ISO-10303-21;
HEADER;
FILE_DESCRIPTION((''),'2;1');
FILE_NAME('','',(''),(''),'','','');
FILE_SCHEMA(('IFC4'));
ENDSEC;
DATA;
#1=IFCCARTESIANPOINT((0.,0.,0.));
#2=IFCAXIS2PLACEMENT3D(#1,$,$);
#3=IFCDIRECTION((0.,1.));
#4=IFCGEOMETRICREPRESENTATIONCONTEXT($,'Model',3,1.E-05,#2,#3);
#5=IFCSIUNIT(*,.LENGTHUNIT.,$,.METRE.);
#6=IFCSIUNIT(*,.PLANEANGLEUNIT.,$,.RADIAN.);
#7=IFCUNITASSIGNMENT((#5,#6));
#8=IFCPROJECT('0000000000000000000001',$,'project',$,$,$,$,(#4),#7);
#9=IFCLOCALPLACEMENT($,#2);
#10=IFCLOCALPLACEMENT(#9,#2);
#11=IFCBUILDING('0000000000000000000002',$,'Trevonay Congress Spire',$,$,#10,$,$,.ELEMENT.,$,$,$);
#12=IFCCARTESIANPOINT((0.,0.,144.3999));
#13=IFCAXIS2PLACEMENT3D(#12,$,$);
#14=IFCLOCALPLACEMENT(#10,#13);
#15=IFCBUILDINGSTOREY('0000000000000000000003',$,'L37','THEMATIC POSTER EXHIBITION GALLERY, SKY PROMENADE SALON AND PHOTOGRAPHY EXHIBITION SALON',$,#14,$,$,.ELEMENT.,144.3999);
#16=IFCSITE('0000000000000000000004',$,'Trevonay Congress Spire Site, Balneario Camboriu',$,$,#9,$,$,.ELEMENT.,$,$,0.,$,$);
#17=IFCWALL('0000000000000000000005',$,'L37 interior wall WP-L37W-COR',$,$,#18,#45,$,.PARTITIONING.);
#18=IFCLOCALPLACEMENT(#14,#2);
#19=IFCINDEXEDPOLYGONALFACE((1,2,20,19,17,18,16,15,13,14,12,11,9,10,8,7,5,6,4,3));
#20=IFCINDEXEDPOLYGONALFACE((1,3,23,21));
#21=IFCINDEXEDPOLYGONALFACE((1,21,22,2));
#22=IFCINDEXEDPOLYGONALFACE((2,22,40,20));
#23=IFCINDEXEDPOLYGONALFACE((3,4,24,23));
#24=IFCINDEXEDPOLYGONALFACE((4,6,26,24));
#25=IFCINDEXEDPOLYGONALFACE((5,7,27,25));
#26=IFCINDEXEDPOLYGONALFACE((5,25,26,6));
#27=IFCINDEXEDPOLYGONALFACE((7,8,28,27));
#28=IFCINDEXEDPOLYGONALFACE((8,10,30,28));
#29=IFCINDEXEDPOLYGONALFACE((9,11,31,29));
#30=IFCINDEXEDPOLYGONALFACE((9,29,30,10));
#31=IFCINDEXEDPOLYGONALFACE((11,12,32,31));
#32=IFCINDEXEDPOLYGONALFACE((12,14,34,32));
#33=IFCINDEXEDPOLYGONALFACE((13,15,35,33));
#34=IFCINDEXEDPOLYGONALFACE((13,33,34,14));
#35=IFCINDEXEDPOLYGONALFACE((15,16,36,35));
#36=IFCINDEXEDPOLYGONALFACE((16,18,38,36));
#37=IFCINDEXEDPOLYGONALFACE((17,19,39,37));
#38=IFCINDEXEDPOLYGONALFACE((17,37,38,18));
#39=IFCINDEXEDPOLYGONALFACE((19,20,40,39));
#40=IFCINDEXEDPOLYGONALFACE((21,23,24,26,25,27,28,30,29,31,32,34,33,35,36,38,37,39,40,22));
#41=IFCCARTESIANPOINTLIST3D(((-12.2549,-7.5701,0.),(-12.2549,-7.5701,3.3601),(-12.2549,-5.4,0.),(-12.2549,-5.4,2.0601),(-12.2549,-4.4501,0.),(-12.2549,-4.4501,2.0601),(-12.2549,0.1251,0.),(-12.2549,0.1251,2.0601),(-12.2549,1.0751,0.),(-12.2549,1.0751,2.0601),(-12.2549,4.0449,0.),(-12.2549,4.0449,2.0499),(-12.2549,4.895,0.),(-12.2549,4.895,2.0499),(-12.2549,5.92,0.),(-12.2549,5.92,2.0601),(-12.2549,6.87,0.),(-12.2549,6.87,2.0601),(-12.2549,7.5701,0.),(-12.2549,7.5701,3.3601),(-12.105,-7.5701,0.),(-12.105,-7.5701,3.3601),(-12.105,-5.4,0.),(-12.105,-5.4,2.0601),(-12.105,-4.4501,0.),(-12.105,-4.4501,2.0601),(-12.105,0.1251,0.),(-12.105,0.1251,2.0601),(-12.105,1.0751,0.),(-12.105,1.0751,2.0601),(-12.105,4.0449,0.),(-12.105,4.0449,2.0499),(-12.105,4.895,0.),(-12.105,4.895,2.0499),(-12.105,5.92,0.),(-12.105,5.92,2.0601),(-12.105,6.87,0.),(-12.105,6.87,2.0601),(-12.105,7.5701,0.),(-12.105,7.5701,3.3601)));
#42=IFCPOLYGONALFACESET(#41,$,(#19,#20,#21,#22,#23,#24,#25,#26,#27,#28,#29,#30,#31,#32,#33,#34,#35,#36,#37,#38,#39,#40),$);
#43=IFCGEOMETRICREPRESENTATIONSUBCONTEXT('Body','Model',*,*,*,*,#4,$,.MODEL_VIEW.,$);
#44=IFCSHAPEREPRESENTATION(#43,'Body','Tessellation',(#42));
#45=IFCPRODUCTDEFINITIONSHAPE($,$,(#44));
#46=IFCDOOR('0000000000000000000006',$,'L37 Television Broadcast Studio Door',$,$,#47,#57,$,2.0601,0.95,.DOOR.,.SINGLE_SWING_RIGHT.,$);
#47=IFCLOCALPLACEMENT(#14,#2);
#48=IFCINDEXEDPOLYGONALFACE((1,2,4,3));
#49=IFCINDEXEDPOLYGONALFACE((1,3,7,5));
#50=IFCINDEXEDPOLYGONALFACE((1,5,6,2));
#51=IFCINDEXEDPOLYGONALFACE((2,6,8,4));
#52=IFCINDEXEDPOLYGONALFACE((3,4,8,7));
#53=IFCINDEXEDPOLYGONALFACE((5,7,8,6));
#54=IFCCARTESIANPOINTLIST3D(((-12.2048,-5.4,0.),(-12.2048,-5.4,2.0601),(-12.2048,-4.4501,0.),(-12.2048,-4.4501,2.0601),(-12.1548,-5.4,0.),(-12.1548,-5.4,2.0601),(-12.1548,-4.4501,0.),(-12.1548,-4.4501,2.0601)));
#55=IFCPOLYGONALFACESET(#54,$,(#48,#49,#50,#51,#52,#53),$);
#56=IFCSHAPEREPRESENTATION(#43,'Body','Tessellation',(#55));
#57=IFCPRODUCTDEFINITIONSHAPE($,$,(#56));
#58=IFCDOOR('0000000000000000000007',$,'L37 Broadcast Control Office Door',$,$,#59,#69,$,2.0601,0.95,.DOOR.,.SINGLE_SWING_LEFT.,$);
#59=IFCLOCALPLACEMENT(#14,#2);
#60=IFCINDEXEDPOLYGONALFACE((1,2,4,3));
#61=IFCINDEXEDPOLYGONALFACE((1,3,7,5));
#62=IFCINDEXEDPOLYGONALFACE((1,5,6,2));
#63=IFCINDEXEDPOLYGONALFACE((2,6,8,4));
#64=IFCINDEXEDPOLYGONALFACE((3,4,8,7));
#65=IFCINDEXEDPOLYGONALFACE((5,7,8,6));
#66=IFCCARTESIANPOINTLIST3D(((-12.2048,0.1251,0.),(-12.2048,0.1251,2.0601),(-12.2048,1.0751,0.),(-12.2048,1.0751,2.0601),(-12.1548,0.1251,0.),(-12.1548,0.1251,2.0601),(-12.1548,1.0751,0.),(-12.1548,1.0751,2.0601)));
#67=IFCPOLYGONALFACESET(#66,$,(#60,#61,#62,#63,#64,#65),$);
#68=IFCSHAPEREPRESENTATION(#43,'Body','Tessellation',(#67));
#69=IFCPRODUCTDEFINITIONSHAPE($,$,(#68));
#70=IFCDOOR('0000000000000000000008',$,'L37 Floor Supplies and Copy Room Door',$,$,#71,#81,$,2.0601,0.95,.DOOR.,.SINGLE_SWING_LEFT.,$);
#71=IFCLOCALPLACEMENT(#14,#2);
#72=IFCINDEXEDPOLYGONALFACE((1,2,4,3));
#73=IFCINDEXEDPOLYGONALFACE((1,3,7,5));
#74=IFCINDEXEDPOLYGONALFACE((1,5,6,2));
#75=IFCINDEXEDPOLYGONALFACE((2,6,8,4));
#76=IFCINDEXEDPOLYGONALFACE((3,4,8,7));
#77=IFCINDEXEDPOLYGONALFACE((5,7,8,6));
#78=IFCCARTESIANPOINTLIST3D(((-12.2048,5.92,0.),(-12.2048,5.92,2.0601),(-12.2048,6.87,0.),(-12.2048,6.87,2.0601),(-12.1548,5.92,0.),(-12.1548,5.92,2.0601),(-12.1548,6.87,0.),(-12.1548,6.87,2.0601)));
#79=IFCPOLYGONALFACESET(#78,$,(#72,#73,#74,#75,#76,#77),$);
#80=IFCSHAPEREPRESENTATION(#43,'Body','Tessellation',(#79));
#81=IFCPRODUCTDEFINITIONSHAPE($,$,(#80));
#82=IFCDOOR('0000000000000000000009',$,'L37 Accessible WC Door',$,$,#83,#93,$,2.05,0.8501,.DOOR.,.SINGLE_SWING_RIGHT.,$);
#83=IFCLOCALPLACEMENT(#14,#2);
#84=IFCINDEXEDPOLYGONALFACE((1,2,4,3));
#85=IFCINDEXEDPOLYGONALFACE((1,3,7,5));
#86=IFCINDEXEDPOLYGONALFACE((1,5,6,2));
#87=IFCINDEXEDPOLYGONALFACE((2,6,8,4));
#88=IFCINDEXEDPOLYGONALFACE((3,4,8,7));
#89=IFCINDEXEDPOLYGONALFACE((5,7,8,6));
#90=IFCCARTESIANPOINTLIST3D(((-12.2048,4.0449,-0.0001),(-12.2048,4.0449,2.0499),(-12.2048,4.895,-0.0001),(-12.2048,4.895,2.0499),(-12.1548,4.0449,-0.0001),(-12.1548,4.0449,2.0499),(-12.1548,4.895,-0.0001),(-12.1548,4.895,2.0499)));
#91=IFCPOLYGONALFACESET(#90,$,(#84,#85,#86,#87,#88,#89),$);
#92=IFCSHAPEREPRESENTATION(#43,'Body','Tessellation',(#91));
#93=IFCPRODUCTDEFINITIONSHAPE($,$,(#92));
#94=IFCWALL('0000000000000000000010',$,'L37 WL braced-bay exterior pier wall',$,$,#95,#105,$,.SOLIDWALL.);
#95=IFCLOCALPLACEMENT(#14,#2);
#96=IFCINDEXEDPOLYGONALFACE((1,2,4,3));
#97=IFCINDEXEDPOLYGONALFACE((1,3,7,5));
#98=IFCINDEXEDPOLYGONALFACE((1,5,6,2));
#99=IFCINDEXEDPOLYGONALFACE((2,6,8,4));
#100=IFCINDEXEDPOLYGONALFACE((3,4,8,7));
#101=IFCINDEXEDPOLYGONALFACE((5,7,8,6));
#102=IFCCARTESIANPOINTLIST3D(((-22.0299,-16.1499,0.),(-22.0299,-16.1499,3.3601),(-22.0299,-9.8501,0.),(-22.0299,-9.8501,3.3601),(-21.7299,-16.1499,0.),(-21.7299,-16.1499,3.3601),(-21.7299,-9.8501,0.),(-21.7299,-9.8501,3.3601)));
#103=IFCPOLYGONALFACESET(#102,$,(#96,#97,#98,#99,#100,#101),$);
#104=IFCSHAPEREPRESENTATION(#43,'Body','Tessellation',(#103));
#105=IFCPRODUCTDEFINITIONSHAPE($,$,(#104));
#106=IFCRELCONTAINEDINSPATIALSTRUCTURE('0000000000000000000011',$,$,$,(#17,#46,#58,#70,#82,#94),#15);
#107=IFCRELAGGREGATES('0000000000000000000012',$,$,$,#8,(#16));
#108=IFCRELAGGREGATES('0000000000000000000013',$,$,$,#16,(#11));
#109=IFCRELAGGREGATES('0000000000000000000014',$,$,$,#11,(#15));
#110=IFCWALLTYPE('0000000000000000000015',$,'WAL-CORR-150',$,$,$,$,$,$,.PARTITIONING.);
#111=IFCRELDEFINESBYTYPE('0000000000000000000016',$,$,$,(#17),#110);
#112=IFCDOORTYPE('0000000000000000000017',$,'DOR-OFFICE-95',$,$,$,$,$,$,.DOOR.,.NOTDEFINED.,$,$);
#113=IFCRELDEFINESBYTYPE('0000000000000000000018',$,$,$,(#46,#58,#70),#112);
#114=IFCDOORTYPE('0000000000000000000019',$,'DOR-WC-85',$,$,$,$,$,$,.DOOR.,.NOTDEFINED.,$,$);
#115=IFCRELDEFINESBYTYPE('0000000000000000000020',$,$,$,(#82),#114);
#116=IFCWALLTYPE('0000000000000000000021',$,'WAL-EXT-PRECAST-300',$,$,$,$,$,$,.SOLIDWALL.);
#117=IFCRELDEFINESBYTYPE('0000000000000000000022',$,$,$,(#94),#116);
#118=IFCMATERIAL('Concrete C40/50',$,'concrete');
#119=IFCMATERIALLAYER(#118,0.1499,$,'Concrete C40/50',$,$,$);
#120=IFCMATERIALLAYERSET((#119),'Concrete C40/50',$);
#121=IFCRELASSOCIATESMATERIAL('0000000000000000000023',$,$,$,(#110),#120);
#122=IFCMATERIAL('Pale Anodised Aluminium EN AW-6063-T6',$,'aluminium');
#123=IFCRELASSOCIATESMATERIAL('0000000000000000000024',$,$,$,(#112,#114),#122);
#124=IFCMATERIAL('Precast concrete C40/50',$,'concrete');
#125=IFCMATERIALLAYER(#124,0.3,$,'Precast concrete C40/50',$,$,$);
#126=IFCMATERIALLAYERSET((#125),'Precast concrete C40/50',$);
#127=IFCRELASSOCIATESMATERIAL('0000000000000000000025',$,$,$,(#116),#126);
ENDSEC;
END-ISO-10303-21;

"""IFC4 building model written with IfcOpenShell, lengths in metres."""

from ifc_helpers import new_model, si_unit, direction, frame, frame_2d, origin, place, context, subcontext, project, spatial, rectangle, extrude, material, layer, layer_set, type_object, element, fill, save


model = new_model("IFC4")

# Units and contexts
model_context = context("Model", 3, precision=1e-05, world=origin(), true_north=direction((0.0, 1.0)))
body_context = subcontext(model_context, "Body", "Model", "MODEL_VIEW")
ifc_project = project(units=[si_unit("LENGTHUNIT", "METRE"), si_unit("PLANEANGLEUNIT", "RADIAN")], contexts=[model_context])

# Site, building, storey
site_placement = place(None, origin())
site = spatial("IfcSite", under=ifc_project, at=site_placement, Name="Trevonay Congress Spire Site, Balneario Camboriu", CompositionType="ELEMENT", RefElevation=0.0)
building_placement = place(site_placement, origin())
building = spatial("IfcBuilding", under=site, at=building_placement, Name="Trevonay Congress Spire", CompositionType="ELEMENT")
storey_placement = place(building_placement, frame((0.0, 0.0, 144.3999)))
storey = spatial("IfcBuildingStorey", under=building, at=storey_placement, Name="L37", Description="THEMATIC POSTER EXHIBITION GALLERY, SKY PROMENADE SALON AND PHOTOGRAPHY EXHIBITION SALON", CompositionType="ELEMENT", Elevation=144.3999)

# Shared definitions
ifc_material_1 = material(Name="Pale Anodised Aluminium EN AW-6063-T6", Category="aluminium")

# Wall, openings, doors
ifc_material_2 = material(Name="Concrete C40/50", Category="concrete")
ifc_layer_1 = layer(ifc_material_2, 0.1499, Name="Concrete C40/50")
ifc_layer_set_1 = layer_set([ifc_layer_1], Name="Concrete C40/50")
wall_type_1 = type_object("IfcWallType", Name="WAL-CORR-150", PredefinedType="PARTITIONING", material=ifc_layer_set_1)
door_type_1 = type_object("IfcDoorType", Name="DOR-OFFICE-95", OperationType="NOTDEFINED", PredefinedType="DOOR", material=ifc_material_1)
wall_1_placement = place(storey_placement, frame((-12.1799, -7.5701, 0.0), z_axis=(0.0, 0.0, 1.0), x_axis=(0.0, 1.0, 0.0)))
wall_1 = element("IfcWall", 1, at=wall_1_placement, inside=storey, type_object=wall_type_1, Name="L37 interior wall WP-L37W-COR", PredefinedType="PARTITIONING", context=body_context, shape_type="SweptSolid", body=[
    extrude(rectangle(XDim=15.1401, YDim=0.1499, at=frame_2d((7.5701, 0.0))), origin(), (0.0, 0.0, 1.0), 3.3601),
])
opening_1_placement = place(wall_1_placement, frame((2.1699, 0.0, 0.0)))
opening_1 = element("IfcOpeningElement", 2, at=opening_1_placement, cuts=wall_1, PredefinedType="OPENING", context=body_context, shape_type="SweptSolid", body=[
    extrude(rectangle(XDim=0.95, YDim=2.0601, at=frame_2d((0.4751, 1.03))), frame((0.0, 0.085, 0.0), z_axis=(0.0, -1.0, 0.0), x_axis=(1.0, 0.0, 0.0)), (0.0, 0.0, 1.0), 0.1699),
])
opening_2_placement = place(wall_1_placement, frame((7.6951, 0.0, 0.0)))
opening_2 = element("IfcOpeningElement", 3, at=opening_2_placement, cuts=wall_1, PredefinedType="OPENING", context=body_context, shape_type="SweptSolid", body=[
    extrude(rectangle(XDim=0.95, YDim=2.0601, at=frame_2d((0.4751, 1.03))), frame((0.0, 0.085, 0.0), z_axis=(0.0, -1.0, 0.0), x_axis=(1.0, 0.0, 0.0)), (0.0, 0.0, 1.0), 0.1699),
])
opening_3_placement = place(wall_1_placement, frame((11.615, 0.0, 0.0)))
opening_3 = element("IfcOpeningElement", 4, at=opening_3_placement, cuts=wall_1, PredefinedType="OPENING", context=body_context, shape_type="SweptSolid", body=[
    extrude(rectangle(XDim=0.8501, YDim=2.05, at=frame_2d((0.425, 1.0249))), frame((0.0, 0.085, 0.0), z_axis=(0.0, -1.0, 0.0), x_axis=(1.0, 0.0, 0.0)), (0.0, 0.0, 1.0), 0.1699),
])
opening_4_placement = place(wall_1_placement, frame((13.49, 0.0, 0.0)))
opening_4 = element("IfcOpeningElement", 5, at=opening_4_placement, cuts=wall_1, PredefinedType="OPENING", context=body_context, shape_type="SweptSolid", body=[
    extrude(rectangle(XDim=0.95, YDim=2.0601, at=frame_2d((0.4751, 1.03))), frame((0.0, 0.085, 0.0), z_axis=(0.0, -1.0, 0.0), x_axis=(1.0, 0.0, 0.0)), (0.0, 0.0, 1.0), 0.1699),
])
door_1_placement = place(opening_1_placement, origin())
door_1 = element("IfcDoor", 6, at=door_1_placement, inside=storey, type_object=door_type_1, Name="L37 Television Broadcast Studio Door", OperationType="SINGLE_SWING_RIGHT", OverallHeight=2.0601, OverallWidth=0.95, PredefinedType="DOOR", context=body_context, shape_type="SweptSolid", body=[
    extrude(rectangle(XDim=0.95, YDim=2.0601, at=frame_2d((0.4751, 1.03))), frame((0.0, 0.0249, 0.0), z_axis=(0.0, -1.0, 0.0), x_axis=(1.0, 0.0, 0.0)), (0.0, 0.0, 1.0), 0.05),
])
fill(opening_1, door_1)
door_2_placement = place(opening_2_placement, origin())
door_2 = element("IfcDoor", 7, at=door_2_placement, inside=storey, type_object=door_type_1, Name="L37 Broadcast Control Office Door", OperationType="SINGLE_SWING_LEFT", OverallHeight=2.0601, OverallWidth=0.95, PredefinedType="DOOR", context=body_context, shape_type="SweptSolid", body=[
    extrude(rectangle(XDim=0.95, YDim=2.0601, at=frame_2d((0.4751, 1.03))), frame((0.0, 0.0249, 0.0), z_axis=(0.0, -1.0, 0.0), x_axis=(1.0, 0.0, 0.0)), (0.0, 0.0, 1.0), 0.05),
])
fill(opening_2, door_2)
door_3_placement = place(opening_4_placement, origin())
door_3 = element("IfcDoor", 8, at=door_3_placement, inside=storey, type_object=door_type_1, Name="L37 Floor Supplies and Copy Room Door", OperationType="SINGLE_SWING_LEFT", OverallHeight=2.0601, OverallWidth=0.95, PredefinedType="DOOR", context=body_context, shape_type="SweptSolid", body=[
    extrude(rectangle(XDim=0.95, YDim=2.0601, at=frame_2d((0.4751, 1.03))), frame((0.0, 0.0249, 0.0), z_axis=(0.0, -1.0, 0.0), x_axis=(1.0, 0.0, 0.0)), (0.0, 0.0, 1.0), 0.05),
])
fill(opening_4, door_3)
door_type_2 = type_object("IfcDoorType", Name="DOR-WC-85", OperationType="NOTDEFINED", PredefinedType="DOOR", material=ifc_material_1)
door_4_placement = place(opening_3_placement, origin())
door_4 = element("IfcDoor", 9, at=door_4_placement, inside=storey, type_object=door_type_2, Name="L37 Accessible WC Door", OperationType="SINGLE_SWING_RIGHT", OverallHeight=2.05, OverallWidth=0.8501, PredefinedType="DOOR", context=body_context, shape_type="SweptSolid", body=[
    extrude(rectangle(XDim=0.8501, YDim=2.05, at=frame_2d((0.425, 1.0249))), frame((0.0, 0.0249, 0.0), z_axis=(0.0, -1.0, 0.0), x_axis=(1.0, 0.0, 0.0)), (0.0, 0.0, 1.0), 0.05),
])
fill(opening_3, door_4)

# Wall
ifc_material_3 = material(Name="Precast concrete C40/50", Category="concrete")
ifc_layer_2 = layer(ifc_material_3, 0.3, Name="Precast concrete C40/50")
ifc_layer_set_2 = layer_set([ifc_layer_2], Name="Precast concrete C40/50")
wall_type_2 = type_object("IfcWallType", Name="WAL-EXT-PRECAST-300", PredefinedType="SOLIDWALL", material=ifc_layer_set_2)
wall_2_placement = place(storey_placement, frame((-21.8799, -16.1499, 0.0), z_axis=(0.0, 0.0, 1.0), x_axis=(0.0, 1.0, 0.0)))
element("IfcWall", 10, at=wall_2_placement, inside=storey, type_object=wall_type_2, Name="L37 WL braced-bay exterior pier wall", PredefinedType="SOLIDWALL", context=body_context, shape_type="SweptSolid", body=[
    extrude(rectangle(XDim=6.2998, YDim=0.3, at=frame_2d((3.1499, 0.0))), origin(), (0.0, 0.0, 1.0), 3.3601),
])

save(model, "model.ifc")
